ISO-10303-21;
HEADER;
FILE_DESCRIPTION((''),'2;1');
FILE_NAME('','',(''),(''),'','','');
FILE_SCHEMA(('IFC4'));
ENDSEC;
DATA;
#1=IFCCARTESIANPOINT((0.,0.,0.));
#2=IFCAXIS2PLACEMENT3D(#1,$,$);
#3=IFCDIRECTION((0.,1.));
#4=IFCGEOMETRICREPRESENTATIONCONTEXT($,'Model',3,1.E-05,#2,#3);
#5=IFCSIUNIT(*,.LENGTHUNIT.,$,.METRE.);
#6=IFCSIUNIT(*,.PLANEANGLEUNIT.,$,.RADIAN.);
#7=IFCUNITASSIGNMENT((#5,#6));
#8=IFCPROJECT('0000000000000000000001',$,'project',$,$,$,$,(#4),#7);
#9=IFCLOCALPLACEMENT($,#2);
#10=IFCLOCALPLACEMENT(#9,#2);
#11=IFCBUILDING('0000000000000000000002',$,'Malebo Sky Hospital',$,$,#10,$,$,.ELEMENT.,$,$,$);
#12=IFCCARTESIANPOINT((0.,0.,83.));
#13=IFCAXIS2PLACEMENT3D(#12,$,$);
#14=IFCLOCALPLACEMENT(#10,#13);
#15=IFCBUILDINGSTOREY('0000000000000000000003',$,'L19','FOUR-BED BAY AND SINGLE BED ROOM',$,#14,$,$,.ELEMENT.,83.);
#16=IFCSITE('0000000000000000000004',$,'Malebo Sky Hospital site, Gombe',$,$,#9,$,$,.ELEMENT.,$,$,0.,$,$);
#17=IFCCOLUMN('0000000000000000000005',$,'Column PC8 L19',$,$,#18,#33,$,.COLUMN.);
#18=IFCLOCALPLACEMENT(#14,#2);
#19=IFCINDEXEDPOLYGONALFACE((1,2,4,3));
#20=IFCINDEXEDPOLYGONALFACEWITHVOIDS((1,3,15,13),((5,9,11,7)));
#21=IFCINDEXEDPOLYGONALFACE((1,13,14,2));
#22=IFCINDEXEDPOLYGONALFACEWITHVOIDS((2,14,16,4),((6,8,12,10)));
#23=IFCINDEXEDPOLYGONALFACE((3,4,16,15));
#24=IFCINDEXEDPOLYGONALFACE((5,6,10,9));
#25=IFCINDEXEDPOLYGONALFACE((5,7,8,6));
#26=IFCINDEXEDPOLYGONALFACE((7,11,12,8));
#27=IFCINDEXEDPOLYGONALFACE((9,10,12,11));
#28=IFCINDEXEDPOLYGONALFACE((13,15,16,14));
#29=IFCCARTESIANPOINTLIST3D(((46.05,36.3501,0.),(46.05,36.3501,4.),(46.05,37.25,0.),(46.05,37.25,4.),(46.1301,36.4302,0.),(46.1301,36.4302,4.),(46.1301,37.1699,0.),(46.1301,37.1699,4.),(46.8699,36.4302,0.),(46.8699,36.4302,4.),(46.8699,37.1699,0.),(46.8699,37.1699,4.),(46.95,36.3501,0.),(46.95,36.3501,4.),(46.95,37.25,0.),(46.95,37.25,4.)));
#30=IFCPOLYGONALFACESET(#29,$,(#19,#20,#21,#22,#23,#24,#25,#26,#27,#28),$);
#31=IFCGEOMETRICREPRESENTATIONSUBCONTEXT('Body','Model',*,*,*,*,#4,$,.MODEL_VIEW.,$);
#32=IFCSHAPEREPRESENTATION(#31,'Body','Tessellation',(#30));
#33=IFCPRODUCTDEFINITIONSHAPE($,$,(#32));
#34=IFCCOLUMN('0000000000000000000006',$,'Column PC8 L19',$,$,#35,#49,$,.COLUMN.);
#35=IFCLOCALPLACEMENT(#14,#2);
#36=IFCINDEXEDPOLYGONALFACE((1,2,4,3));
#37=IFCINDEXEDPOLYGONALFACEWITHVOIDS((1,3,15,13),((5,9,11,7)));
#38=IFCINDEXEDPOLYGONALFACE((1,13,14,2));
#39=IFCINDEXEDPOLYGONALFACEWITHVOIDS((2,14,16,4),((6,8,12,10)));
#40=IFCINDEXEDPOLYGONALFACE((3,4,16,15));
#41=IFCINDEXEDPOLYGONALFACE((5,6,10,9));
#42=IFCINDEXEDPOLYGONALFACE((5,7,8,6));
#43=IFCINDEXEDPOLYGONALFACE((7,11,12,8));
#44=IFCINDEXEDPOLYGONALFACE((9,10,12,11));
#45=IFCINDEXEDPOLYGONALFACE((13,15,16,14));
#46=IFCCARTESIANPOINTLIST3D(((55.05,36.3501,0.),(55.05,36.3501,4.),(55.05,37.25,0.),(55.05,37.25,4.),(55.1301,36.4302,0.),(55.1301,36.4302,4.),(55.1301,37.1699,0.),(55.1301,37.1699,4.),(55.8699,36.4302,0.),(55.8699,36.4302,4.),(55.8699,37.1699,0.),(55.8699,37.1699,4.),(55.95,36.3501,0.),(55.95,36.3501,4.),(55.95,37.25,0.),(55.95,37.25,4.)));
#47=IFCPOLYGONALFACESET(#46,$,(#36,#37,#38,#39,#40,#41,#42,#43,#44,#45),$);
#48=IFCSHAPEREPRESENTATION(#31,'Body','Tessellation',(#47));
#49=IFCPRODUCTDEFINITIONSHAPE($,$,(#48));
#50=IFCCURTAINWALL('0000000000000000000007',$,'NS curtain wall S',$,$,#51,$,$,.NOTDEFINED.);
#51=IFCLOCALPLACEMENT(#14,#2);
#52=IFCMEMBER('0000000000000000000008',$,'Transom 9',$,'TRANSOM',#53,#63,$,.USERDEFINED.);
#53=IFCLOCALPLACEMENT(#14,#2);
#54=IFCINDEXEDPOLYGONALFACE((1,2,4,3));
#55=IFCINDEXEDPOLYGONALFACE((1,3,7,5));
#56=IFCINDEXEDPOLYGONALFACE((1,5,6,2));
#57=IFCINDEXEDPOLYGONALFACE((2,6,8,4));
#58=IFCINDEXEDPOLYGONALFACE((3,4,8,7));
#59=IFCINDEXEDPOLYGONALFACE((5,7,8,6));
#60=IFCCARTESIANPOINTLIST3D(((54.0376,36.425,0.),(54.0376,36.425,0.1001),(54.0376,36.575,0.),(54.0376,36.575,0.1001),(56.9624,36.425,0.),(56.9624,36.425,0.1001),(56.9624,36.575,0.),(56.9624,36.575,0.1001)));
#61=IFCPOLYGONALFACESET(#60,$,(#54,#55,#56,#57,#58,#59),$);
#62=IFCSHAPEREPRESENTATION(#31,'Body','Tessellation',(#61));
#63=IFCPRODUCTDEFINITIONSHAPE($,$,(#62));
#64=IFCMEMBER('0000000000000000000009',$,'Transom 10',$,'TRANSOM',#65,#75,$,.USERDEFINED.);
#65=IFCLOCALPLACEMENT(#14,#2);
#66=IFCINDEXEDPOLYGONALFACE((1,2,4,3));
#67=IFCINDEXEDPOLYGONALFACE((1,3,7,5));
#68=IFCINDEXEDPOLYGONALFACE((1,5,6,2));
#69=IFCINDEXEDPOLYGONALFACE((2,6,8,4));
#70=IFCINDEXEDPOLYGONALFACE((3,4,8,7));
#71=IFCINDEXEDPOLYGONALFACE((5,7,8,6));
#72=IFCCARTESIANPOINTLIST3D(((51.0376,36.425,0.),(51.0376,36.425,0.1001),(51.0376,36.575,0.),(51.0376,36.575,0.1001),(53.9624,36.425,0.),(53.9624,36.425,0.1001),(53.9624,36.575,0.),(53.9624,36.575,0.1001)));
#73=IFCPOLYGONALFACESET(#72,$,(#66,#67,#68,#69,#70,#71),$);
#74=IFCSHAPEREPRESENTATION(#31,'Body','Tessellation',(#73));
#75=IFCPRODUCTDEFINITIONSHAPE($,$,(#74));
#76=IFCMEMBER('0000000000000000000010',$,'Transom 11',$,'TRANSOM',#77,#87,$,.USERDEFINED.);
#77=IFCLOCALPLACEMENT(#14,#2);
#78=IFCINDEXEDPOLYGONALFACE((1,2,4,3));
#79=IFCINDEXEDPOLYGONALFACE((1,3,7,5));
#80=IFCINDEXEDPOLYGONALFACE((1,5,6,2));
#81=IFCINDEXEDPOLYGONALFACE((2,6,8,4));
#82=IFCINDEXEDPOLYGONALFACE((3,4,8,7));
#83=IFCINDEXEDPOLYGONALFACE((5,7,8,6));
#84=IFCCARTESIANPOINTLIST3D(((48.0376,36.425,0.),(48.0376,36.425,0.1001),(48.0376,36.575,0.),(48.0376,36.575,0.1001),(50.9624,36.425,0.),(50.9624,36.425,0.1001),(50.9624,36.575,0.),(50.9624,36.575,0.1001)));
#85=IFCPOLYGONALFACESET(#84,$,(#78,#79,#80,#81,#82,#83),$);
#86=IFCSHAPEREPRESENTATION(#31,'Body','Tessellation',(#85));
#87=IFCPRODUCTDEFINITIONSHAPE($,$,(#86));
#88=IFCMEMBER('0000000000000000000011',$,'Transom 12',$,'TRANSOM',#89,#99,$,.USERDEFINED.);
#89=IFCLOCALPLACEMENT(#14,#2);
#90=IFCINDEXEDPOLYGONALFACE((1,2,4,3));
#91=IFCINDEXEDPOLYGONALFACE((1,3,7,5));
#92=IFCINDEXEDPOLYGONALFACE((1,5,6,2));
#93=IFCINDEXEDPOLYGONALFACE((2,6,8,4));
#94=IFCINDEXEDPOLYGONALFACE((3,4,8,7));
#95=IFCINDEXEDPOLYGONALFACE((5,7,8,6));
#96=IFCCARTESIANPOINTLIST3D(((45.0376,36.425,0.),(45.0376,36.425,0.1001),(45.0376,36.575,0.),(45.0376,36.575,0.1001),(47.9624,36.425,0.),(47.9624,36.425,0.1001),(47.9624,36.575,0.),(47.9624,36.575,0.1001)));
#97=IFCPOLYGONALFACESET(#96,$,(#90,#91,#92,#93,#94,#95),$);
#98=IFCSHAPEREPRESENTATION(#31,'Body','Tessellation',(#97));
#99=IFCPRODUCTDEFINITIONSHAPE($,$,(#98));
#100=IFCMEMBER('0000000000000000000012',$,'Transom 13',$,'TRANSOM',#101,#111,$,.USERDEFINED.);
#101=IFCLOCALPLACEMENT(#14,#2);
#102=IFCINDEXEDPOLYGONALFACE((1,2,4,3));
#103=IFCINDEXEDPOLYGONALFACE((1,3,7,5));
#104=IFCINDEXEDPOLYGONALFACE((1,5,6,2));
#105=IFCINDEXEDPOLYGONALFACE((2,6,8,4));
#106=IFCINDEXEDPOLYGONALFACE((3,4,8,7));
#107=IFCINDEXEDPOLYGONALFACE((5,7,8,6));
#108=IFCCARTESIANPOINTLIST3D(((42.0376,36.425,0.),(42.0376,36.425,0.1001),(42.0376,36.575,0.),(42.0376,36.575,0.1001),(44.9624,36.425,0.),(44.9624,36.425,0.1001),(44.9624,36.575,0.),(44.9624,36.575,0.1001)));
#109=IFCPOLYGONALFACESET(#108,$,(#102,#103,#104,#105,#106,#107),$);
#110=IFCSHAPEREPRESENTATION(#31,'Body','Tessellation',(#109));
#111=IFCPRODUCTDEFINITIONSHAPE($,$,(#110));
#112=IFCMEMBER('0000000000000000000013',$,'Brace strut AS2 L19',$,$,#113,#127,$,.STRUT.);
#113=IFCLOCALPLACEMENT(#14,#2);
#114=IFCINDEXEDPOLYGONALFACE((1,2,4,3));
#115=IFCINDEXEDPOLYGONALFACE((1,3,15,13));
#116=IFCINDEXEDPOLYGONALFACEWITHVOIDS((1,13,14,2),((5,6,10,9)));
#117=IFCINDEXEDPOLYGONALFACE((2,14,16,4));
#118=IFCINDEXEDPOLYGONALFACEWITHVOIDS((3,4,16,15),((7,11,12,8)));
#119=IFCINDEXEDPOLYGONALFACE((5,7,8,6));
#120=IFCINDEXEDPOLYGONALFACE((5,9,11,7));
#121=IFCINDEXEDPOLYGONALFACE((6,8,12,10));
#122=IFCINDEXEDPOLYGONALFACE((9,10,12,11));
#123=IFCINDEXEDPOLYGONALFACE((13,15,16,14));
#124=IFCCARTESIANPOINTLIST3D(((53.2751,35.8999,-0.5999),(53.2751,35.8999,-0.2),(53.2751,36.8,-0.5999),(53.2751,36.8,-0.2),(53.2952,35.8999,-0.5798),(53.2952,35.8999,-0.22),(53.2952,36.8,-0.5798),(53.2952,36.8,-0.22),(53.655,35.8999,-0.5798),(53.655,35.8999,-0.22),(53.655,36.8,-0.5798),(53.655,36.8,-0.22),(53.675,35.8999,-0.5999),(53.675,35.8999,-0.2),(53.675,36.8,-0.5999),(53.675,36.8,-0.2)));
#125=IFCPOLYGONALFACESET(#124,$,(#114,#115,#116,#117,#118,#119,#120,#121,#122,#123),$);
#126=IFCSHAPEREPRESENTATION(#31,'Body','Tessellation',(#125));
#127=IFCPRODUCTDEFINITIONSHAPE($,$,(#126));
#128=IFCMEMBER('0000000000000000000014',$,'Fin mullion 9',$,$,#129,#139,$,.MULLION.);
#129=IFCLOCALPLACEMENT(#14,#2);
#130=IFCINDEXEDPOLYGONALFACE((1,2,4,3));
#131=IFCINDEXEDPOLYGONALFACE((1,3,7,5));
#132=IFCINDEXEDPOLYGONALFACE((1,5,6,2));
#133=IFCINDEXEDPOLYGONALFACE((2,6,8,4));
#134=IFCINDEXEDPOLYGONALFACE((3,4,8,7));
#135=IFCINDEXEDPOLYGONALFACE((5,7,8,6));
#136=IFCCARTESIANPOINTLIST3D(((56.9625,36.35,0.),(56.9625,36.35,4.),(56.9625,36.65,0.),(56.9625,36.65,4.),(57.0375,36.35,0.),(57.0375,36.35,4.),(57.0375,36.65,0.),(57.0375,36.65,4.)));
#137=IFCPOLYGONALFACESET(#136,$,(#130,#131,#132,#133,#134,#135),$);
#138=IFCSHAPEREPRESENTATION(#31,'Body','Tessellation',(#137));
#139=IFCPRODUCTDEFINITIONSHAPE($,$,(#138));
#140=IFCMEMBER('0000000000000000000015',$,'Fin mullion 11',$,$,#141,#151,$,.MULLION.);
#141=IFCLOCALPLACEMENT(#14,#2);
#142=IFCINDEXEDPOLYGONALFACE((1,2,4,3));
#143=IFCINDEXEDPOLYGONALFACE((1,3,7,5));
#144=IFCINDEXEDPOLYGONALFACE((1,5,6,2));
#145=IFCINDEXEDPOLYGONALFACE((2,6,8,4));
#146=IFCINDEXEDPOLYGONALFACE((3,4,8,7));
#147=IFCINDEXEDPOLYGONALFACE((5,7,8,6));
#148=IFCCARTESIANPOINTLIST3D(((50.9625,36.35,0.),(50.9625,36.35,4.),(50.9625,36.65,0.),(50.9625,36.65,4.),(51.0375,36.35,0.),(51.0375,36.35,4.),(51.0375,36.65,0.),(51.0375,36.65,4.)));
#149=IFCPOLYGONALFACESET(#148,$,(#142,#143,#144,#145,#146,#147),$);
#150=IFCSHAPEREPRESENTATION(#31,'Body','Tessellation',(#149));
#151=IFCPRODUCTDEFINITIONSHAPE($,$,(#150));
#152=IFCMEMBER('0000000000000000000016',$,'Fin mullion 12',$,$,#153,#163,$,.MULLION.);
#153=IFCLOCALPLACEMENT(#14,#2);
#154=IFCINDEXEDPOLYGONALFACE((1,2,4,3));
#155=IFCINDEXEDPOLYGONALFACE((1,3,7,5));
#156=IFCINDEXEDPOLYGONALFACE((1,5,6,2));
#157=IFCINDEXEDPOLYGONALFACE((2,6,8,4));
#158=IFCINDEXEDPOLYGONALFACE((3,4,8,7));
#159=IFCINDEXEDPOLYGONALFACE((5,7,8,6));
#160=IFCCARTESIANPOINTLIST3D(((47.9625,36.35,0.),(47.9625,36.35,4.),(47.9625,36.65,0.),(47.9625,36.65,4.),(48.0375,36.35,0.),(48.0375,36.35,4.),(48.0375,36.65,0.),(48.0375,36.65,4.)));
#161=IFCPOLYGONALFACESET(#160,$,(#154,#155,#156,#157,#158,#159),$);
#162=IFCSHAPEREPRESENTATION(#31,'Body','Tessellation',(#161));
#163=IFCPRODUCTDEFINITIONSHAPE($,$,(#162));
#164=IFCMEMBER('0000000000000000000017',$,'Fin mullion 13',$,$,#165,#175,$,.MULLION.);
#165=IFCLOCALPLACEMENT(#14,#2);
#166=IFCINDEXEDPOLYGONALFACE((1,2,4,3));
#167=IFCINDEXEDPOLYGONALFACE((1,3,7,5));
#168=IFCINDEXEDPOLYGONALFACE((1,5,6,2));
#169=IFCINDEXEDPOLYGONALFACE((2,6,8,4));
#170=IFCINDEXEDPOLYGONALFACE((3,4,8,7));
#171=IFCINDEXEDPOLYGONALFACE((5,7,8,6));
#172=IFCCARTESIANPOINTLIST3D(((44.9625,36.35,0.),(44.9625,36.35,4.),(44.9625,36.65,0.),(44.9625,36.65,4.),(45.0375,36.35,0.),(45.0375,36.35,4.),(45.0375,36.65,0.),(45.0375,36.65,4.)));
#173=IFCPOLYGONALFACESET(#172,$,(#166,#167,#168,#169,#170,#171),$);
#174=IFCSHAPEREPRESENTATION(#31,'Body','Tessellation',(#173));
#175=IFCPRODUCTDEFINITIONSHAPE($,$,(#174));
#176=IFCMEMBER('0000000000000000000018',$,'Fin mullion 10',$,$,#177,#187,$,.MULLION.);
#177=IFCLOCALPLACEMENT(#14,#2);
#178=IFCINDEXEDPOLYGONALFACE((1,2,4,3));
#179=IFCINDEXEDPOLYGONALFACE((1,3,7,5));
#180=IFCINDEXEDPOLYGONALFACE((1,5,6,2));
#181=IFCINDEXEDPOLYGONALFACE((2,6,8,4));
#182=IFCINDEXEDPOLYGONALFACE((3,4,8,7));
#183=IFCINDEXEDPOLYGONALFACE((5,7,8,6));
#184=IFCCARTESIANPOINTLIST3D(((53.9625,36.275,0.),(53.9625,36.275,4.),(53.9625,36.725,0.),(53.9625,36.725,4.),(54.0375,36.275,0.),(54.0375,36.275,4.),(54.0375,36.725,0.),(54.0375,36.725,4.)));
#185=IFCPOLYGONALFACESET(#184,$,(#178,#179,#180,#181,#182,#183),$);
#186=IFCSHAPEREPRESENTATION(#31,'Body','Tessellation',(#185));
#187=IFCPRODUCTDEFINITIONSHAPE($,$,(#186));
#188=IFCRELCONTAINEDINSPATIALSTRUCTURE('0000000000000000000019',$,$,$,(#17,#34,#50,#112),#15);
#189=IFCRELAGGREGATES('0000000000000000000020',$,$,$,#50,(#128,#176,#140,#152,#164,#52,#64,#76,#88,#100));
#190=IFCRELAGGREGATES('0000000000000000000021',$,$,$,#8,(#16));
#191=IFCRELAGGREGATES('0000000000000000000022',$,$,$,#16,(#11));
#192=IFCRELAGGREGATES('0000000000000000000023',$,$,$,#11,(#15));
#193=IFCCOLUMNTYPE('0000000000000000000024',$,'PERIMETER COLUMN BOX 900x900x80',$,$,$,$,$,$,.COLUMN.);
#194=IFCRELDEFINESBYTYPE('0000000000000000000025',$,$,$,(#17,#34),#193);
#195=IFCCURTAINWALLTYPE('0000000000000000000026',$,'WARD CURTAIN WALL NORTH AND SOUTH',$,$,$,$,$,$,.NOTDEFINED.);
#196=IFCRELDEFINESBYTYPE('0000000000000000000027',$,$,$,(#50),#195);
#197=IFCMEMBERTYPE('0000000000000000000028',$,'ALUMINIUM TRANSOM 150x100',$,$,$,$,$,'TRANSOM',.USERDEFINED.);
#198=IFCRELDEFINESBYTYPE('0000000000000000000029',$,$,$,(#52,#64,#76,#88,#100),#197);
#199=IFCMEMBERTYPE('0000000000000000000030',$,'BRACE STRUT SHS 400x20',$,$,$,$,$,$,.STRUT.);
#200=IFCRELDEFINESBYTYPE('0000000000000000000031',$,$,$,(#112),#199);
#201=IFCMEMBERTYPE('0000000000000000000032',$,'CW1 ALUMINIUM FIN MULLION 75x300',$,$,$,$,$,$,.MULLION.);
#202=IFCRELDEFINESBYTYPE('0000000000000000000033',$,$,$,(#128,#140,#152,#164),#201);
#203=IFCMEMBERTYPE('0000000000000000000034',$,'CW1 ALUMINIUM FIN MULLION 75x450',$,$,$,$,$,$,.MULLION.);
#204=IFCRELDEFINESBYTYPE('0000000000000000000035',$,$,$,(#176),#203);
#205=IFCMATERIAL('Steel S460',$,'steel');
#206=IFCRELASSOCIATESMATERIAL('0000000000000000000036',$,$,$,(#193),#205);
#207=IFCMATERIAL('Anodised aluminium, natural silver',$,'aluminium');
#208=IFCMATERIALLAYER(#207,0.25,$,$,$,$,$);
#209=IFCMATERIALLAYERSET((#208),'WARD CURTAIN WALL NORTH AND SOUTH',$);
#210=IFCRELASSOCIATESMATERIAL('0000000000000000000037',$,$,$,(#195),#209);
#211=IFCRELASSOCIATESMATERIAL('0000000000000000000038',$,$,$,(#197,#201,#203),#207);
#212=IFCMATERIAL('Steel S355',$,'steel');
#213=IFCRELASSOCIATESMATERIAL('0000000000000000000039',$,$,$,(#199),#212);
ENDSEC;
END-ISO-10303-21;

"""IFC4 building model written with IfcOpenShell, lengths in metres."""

from ifc_helpers import new_model, si_unit, direction, frame, origin, origin_2d, place, context, subcontext, project, spatial, rectangle, hollow_rectangle, extrude, material, layer, layer_set, material_profile, profile_set, type_object, element, aggregate, save


model = new_model("IFC4")

# Units and contexts
model_context = context("Model", 3, precision=1e-05, world=origin(), true_north=direction((0.0, 1.0)))
body_context = subcontext(model_context, "Body", "Model", "MODEL_VIEW")
ifc_project = project(units=[si_unit("LENGTHUNIT", "METRE"), si_unit("PLANEANGLEUNIT", "RADIAN")], contexts=[model_context])

# Site, building, storey
site_placement = place(None, origin())
site = spatial("IfcSite", under=ifc_project, at=site_placement, Name="Malebo Sky Hospital site, Gombe", CompositionType="ELEMENT", RefElevation=0.0)
building_placement = place(site_placement, origin())
building = spatial("IfcBuilding", under=site, at=building_placement, Name="Malebo Sky Hospital", CompositionType="ELEMENT")
storey_placement = place(building_placement, frame((0.0, 0.0, 83.0)))
storey = spatial("IfcBuildingStorey", under=building, at=storey_placement, Name="L19", Description="FOUR-BED BAY AND SINGLE BED ROOM", CompositionType="ELEMENT", Elevation=83.0)

# Columns
ifc_material_1 = material(Name="Steel S460", Category="steel")
ifc_material_profile_1 = material_profile(ifc_material_1, hollow_rectangle(XDim=0.8999, YDim=0.8999, WallThickness=0.0801, at=origin_2d()), Name="BOX 900x900x80")
ifc_profile_set_1 = profile_set([ifc_material_profile_1], Name="Steel S460")
column_type = type_object("IfcColumnType", Name="PERIMETER COLUMN BOX 900x900x80", PredefinedType="COLUMN", material=ifc_profile_set_1)
for number, where, z_axis, x_axis, name in (
    (1, (46.5, 36.8, 0.0), (0.0, 0.0, 1.0), (1.0, 0.0, 0.0), "Column PC8 L19"),
    (2, (55.5, 36.8, 0.0), (0.0, 0.0, 1.0), (1.0, 0.0, 0.0), "Column PC8 L19"),
):
    element("IfcColumn", number, at=place(storey_placement, frame(where, z_axis=z_axis, x_axis=x_axis)), inside=storey, type_object=column_type, Name=name, PredefinedType="COLUMN", context=body_context, shape_type="SweptSolid", body=[
        extrude(hollow_rectangle(XDim=0.8999, YDim=0.8999, WallThickness=0.0801, at=origin_2d()), origin(), (0.0, 0.0, 1.0), 4.0),
    ])

# Curtain wall, members
ifc_material_2 = material(Name="Anodised aluminium, natural silver", Category="aluminium")
ifc_layer_1 = layer(ifc_material_2, 0.25)
ifc_layer_set_1 = layer_set([ifc_layer_1], Name="WARD CURTAIN WALL NORTH AND SOUTH")
curtain_wall_type = type_object("IfcCurtainWallType", Name="WARD CURTAIN WALL NORTH AND SOUTH", PredefinedType="NOTDEFINED", material=ifc_layer_set_1)
curtain_wall_placement = place(storey_placement, origin())
curtain_wall = element("IfcCurtainWall", 3, at=curtain_wall_placement, inside=storey, type_object=curtain_wall_type, Name="NS curtain wall S", PredefinedType="NOTDEFINED")
ifc_material_profile_2 = material_profile(ifc_material_2, rectangle(XDim=0.1499, YDim=0.1001, at=origin_2d()), Name="ALUMINIUM TRANSOM 150x100")
ifc_profile_set_2 = profile_set([ifc_material_profile_2], Name="Anodised aluminium, natural silver")
member_type_1 = type_object("IfcMemberType", Name="ALUMINIUM TRANSOM 150x100", ElementType="TRANSOM", PredefinedType="USERDEFINED", material=ifc_profile_set_2)
member_1_placement = place(storey_placement, frame((56.9624, 36.5, 0.05), z_axis=(-1.0, 0.0, 0.0), x_axis=(0.0, -1.0, 0.0)))
member_1 = element("IfcMember", 4, at=member_1_placement, type_object=member_type_1, Name="Transom 9", ObjectType="TRANSOM", PredefinedType="USERDEFINED", context=body_context, shape_type="SweptSolid", body=[
    extrude(rectangle(XDim=0.1499, YDim=0.1001, at=origin_2d()), origin(), (0.0, 0.0, 1.0), 2.9248),
])
member_2_placement = place(storey_placement, frame((53.9624, 36.5, 0.05), z_axis=(-1.0, 0.0, 0.0), x_axis=(0.0, -1.0, 0.0)))
member_2 = element("IfcMember", 5, at=member_2_placement, type_object=member_type_1, Name="Transom 10", ObjectType="TRANSOM", PredefinedType="USERDEFINED", context=body_context, shape_type="SweptSolid", body=[
    extrude(rectangle(XDim=0.1499, YDim=0.1001, at=origin_2d()), origin(), (0.0, 0.0, 1.0), 2.9248),
])
member_3_placement = place(storey_placement, frame((50.9624, 36.5, 0.05), z_axis=(-1.0, 0.0, 0.0), x_axis=(0.0, -1.0, 0.0)))
member_3 = element("IfcMember", 6, at=member_3_placement, type_object=member_type_1, Name="Transom 11", ObjectType="TRANSOM", PredefinedType="USERDEFINED", context=body_context, shape_type="SweptSolid", body=[
    extrude(rectangle(XDim=0.1499, YDim=0.1001, at=origin_2d()), origin(), (0.0, 0.0, 1.0), 2.9248),
])
member_4_placement = place(storey_placement, frame((47.9624, 36.5, 0.05), z_axis=(-1.0, 0.0, 0.0), x_axis=(0.0, -1.0, 0.0)))
member_4 = element("IfcMember", 7, at=member_4_placement, type_object=member_type_1, Name="Transom 12", ObjectType="TRANSOM", PredefinedType="USERDEFINED", context=body_context, shape_type="SweptSolid", body=[
    extrude(rectangle(XDim=0.1499, YDim=0.1001, at=origin_2d()), origin(), (0.0, 0.0, 1.0), 2.9248),
])
member_5_placement = place(storey_placement, frame((44.9624, 36.5, 0.05), z_axis=(-1.0, 0.0, 0.0), x_axis=(0.0, -1.0, 0.0)))
member_5 = element("IfcMember", 8, at=member_5_placement, type_object=member_type_1, Name="Transom 13", ObjectType="TRANSOM", PredefinedType="USERDEFINED", context=body_context, shape_type="SweptSolid", body=[
    extrude(rectangle(XDim=0.1499, YDim=0.1001, at=origin_2d()), origin(), (0.0, 0.0, 1.0), 2.9248),
])

# Members
ifc_material_3 = material(Name="Steel S355", Category="steel")
ifc_material_profile_3 = material_profile(ifc_material_3, hollow_rectangle(XDim=0.3999, YDim=0.3999, WallThickness=0.02, at=origin_2d()), Name="SHS 400x20")
ifc_profile_set_3 = profile_set([ifc_material_profile_3], Name="Steel S355")
member_type_2 = type_object("IfcMemberType", Name="BRACE STRUT SHS 400x20", PredefinedType="STRUT", material=ifc_profile_set_3)
member_6_placement = place(storey_placement, frame((53.4751, 35.8999, -0.3999), z_axis=(0.0, 1.0, 0.0), x_axis=(-1.0, 0.0, 0.0)))
element("IfcMember", 9, at=member_6_placement, inside=storey, type_object=member_type_2, Name="Brace strut AS2 L19", PredefinedType="STRUT", context=body_context, shape_type="SweptSolid", body=[
    extrude(hollow_rectangle(XDim=0.3999, YDim=0.3999, WallThickness=0.02, at=origin_2d()), origin(), (0.0, 0.0, 1.0), 0.9001),
])
ifc_material_profile_4 = material_profile(ifc_material_2, rectangle(XDim=0.075, YDim=0.3, at=origin_2d()), Name="CW1 ALUMINIUM FIN MULLION 75x300")
ifc_profile_set_4 = profile_set([ifc_material_profile_4], Name="Anodised aluminium, natural silver")
member_type_3 = type_object("IfcMemberType", Name="CW1 ALUMINIUM FIN MULLION 75x300", PredefinedType="MULLION", material=ifc_profile_set_4)
member_7_placement = place(storey_placement, frame((57.0, 36.5, 0.0), z_axis=(0.0, 0.0, 1.0), x_axis=(-1.0, 0.0, 0.0)))
member_7 = element("IfcMember", 10, at=member_7_placement, type_object=member_type_3, Name="Fin mullion 9", PredefinedType="MULLION", context=body_context, shape_type="SweptSolid", body=[
    extrude(rectangle(XDim=0.075, YDim=0.3, at=origin_2d()), origin(), (0.0, 0.0, 1.0), 4.0),
])
member_8_placement = place(storey_placement, frame((51.0, 36.5, 0.0), z_axis=(0.0, 0.0, 1.0), x_axis=(-1.0, 0.0, 0.0)))
member_8 = element("IfcMember", 11, at=member_8_placement, type_object=member_type_3, Name="Fin mullion 11", PredefinedType="MULLION", context=body_context, shape_type="SweptSolid", body=[
    extrude(rectangle(XDim=0.075, YDim=0.3, at=origin_2d()), origin(), (0.0, 0.0, 1.0), 4.0),
])
member_9_placement = place(storey_placement, frame((48.0, 36.5, 0.0), z_axis=(0.0, 0.0, 1.0), x_axis=(-1.0, 0.0, 0.0)))
member_9 = element("IfcMember", 12, at=member_9_placement, type_object=member_type_3, Name="Fin mullion 12", PredefinedType="MULLION", context=body_context, shape_type="SweptSolid", body=[
    extrude(rectangle(XDim=0.075, YDim=0.3, at=origin_2d()), origin(), (0.0, 0.0, 1.0), 4.0),
])
member_10_placement = place(storey_placement, frame((45.0, 36.5, 0.0), z_axis=(0.0, 0.0, 1.0), x_axis=(-1.0, 0.0, 0.0)))
member_10 = element("IfcMember", 13, at=member_10_placement, type_object=member_type_3, Name="Fin mullion 13", PredefinedType="MULLION", context=body_context, shape_type="SweptSolid", body=[
    extrude(rectangle(XDim=0.075, YDim=0.3, at=origin_2d()), origin(), (0.0, 0.0, 1.0), 4.0),
])
ifc_material_profile_5 = material_profile(ifc_material_2, rectangle(XDim=0.075, YDim=0.45, at=origin_2d()), Name="CW1 ALUMINIUM FIN MULLION 75x450")
ifc_profile_set_5 = profile_set([ifc_material_profile_5], Name="Anodised aluminium, natural silver")
member_type_4 = type_object("IfcMemberType", Name="CW1 ALUMINIUM FIN MULLION 75x450", PredefinedType="MULLION", material=ifc_profile_set_5)
member_11_placement = place(storey_placement, frame((54.0, 36.5, 0.0), z_axis=(0.0, 0.0, 1.0), x_axis=(-1.0, 0.0, 0.0)))
member_11 = element("IfcMember", 14, at=member_11_placement, type_object=member_type_4, Name="Fin mullion 10", PredefinedType="MULLION", context=body_context, shape_type="SweptSolid", body=[
    extrude(rectangle(XDim=0.075, YDim=0.45, at=origin_2d()), origin(), (0.0, 0.0, 1.0), 4.0),
])

aggregate(curtain_wall, [member_7, member_11, member_8, member_9, member_10, member_1, member_2, member_3, member_4, member_5])

save(model, "model.ifc")
